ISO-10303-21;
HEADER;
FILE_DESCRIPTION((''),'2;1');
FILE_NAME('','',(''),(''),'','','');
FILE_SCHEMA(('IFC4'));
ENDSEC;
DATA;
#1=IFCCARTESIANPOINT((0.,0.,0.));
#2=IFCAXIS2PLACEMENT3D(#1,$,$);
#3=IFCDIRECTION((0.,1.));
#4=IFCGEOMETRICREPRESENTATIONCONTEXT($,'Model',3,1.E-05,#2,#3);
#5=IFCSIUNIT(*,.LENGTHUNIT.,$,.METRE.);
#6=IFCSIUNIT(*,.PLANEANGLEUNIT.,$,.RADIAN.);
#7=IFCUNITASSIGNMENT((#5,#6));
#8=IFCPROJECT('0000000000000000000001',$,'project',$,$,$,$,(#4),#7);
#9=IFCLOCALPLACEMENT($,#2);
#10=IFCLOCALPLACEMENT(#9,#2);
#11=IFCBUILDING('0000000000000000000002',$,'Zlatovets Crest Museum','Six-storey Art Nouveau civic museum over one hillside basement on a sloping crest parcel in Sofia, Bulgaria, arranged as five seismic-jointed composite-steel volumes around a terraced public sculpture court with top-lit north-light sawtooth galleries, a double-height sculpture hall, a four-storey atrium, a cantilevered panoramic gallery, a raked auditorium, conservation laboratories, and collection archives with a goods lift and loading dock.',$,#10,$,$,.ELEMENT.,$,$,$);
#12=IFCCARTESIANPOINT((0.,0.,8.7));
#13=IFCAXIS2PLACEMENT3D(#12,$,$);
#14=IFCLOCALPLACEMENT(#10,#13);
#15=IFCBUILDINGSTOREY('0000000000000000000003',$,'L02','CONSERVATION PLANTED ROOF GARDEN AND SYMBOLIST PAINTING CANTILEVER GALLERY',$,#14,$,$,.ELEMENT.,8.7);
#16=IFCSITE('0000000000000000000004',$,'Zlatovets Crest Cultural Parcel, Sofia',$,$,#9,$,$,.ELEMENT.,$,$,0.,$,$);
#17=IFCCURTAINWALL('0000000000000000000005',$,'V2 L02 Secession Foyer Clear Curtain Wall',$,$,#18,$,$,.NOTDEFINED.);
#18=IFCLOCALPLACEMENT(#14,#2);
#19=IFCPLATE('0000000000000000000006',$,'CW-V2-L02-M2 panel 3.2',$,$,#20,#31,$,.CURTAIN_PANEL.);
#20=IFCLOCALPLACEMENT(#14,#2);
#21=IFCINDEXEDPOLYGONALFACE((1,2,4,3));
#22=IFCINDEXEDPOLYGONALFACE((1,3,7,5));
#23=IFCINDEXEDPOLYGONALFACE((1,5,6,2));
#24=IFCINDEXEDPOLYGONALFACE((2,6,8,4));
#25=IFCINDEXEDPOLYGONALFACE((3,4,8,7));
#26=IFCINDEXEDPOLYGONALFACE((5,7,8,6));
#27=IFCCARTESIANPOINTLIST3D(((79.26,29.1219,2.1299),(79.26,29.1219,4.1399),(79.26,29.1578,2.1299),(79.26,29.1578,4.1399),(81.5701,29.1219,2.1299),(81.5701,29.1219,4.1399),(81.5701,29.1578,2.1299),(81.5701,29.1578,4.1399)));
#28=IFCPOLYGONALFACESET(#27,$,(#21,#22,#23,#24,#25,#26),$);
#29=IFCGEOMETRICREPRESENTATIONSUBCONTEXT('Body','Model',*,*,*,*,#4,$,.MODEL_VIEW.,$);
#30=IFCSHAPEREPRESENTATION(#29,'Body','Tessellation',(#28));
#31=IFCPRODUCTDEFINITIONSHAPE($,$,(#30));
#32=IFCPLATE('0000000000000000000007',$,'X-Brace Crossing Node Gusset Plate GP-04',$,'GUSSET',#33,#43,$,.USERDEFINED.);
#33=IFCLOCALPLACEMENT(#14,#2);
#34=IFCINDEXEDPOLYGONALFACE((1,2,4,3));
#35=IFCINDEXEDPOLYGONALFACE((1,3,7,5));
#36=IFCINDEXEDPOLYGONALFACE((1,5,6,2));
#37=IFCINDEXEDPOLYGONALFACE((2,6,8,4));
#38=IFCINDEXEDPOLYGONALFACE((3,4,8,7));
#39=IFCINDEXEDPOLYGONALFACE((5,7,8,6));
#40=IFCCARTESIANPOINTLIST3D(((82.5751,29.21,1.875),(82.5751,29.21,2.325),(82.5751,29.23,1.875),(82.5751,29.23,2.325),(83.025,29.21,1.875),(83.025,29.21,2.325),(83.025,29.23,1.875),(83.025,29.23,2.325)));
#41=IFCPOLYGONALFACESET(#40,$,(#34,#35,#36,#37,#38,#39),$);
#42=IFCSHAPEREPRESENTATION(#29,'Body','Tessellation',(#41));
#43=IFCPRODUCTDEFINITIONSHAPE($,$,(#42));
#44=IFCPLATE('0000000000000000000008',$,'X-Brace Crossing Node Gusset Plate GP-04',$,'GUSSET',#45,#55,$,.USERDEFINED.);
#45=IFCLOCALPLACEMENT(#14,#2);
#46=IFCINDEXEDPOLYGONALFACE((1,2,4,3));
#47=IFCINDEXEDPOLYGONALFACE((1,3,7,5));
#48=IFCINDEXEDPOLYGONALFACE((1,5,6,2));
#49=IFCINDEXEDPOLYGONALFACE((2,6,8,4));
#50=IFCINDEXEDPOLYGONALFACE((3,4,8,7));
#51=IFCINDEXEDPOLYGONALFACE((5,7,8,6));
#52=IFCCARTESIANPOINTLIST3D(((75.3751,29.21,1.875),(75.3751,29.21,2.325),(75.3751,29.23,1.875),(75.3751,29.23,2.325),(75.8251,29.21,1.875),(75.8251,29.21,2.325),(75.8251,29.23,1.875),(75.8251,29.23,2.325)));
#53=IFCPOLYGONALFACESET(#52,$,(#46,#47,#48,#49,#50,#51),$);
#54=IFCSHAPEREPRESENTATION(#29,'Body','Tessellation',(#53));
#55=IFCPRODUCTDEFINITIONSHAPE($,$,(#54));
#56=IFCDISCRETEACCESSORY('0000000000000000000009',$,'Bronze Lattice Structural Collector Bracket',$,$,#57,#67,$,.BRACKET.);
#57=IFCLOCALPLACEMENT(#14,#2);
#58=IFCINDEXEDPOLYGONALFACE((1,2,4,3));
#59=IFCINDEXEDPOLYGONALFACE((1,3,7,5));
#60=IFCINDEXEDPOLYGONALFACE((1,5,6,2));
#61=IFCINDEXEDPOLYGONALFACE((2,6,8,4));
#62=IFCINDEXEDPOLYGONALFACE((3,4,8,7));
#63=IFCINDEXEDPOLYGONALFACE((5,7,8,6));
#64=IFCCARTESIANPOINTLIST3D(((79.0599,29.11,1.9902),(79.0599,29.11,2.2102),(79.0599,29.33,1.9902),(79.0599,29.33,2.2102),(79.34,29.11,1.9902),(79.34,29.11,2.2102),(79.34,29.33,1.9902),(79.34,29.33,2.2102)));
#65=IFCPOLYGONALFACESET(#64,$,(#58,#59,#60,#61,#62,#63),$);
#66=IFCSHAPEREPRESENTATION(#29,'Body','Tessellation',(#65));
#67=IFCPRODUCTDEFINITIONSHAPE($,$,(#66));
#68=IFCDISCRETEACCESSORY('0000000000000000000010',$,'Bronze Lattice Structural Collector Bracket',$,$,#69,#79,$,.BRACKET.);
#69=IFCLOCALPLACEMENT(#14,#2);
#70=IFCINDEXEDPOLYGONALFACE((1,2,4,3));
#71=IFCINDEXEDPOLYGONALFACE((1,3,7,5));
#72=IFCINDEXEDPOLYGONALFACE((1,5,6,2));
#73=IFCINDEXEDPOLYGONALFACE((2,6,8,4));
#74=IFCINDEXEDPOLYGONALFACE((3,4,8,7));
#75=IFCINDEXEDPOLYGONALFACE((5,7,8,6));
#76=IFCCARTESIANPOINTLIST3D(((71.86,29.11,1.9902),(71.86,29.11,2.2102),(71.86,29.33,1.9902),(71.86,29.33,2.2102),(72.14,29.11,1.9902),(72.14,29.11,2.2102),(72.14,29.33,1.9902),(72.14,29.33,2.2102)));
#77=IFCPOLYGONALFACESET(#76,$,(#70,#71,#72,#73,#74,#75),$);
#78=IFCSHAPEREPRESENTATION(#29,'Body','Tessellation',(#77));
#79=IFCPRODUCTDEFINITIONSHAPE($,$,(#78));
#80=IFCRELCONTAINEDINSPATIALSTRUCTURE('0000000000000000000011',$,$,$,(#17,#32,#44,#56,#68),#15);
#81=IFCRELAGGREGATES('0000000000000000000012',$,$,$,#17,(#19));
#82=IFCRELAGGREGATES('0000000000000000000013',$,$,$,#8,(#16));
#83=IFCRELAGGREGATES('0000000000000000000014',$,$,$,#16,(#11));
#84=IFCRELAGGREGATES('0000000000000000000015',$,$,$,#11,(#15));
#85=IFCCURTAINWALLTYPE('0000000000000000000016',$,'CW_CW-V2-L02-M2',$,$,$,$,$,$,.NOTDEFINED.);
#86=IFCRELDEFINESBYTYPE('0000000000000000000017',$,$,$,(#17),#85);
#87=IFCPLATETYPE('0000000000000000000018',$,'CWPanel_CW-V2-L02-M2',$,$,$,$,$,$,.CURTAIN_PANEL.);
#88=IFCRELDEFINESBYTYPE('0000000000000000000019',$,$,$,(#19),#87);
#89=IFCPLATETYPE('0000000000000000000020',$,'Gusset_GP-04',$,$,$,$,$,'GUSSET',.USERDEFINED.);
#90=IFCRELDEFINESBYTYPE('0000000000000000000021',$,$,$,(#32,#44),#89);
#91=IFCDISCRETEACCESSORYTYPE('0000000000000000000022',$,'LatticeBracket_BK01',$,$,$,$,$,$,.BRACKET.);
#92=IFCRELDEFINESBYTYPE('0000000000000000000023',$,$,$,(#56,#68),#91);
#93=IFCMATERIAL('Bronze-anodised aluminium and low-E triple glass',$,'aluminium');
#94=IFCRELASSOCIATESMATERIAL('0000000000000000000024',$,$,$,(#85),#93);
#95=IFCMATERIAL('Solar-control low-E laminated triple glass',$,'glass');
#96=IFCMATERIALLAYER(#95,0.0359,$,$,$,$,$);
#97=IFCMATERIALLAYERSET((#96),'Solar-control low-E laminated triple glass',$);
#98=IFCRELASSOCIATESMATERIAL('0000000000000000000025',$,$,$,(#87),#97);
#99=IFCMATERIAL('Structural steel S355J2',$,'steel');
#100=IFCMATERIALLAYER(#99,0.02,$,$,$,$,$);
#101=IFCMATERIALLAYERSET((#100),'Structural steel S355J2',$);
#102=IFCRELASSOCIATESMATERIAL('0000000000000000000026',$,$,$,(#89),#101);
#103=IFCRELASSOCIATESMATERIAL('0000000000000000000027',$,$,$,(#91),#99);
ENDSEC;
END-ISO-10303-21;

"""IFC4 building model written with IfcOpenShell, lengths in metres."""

from ifc_helpers import new_model, si_unit, direction, frame, origin, origin_2d, place, context, subcontext, project, spatial, rectangle, extrude, material, layer, layer_set, type_object, element, aggregate, save


model = new_model("IFC4")

# Units and contexts
model_context = context("Model", 3, precision=1e-05, world=origin(), true_north=direction((0.0, 1.0)))
body_context = subcontext(model_context, "Body", "Model", "MODEL_VIEW")
ifc_project = project(units=[si_unit("LENGTHUNIT", "METRE"), si_unit("PLANEANGLEUNIT", "RADIAN")], contexts=[model_context])

# Site, building, storey
site_placement = place(None, origin())
site = spatial("IfcSite", under=ifc_project, at=site_placement, Name="Zlatovets Crest Cultural Parcel, Sofia", CompositionType="ELEMENT", RefElevation=0.0)
building_placement = place(site_placement, origin())
building = spatial("IfcBuilding", under=site, at=building_placement, Name="Zlatovets Crest Museum", Description="Six-storey Art Nouveau civic museum over one hillside basement on a sloping crest parcel in Sofia, Bulgaria, arranged as five seismic-jointed composite-steel volumes around a terraced public sculpture court with top-lit north-light sawtooth galleries, a double-height sculpture hall, a four-storey atrium, a cantilevered panoramic gallery, a raked auditorium, conservation laboratories, and collection archives with a goods lift and loading dock.", CompositionType="ELEMENT")
storey_placement = place(building_placement, frame((0.0, 0.0, 8.7)))
storey = spatial("IfcBuildingStorey", under=building, at=storey_placement, Name="L02", Description="CONSERVATION PLANTED ROOF GARDEN AND SYMBOLIST PAINTING CANTILEVER GALLERY", CompositionType="ELEMENT", Elevation=8.7)

# Shared definitions
ifc_material_1 = material(Name="Structural steel S355J2", Category="steel")

# Curtain wall
ifc_material_2 = material(Name="Bronze-anodised aluminium and low-E triple glass", Category="aluminium")
curtain_wall_type_1 = type_object("IfcCurtainWallType", Name="CW_CW-V2-L02-M2", PredefinedType="NOTDEFINED", material=ifc_material_2)
curtain_wall_1_placement = place(storey_placement, origin())
curtain_wall_1 = element("IfcCurtainWall", 1, at=curtain_wall_1_placement, inside=storey, type_object=curtain_wall_type_1, Name="V2 L02 Secession Foyer Clear Curtain Wall", PredefinedType="NOTDEFINED")

# Plate
ifc_material_3 = material(Name="Solar-control low-E laminated triple glass", Category="glass")
ifc_layer_1 = layer(ifc_material_3, 0.0359)
ifc_layer_set_1 = layer_set([ifc_layer_1], Name="Solar-control low-E laminated triple glass")
plate_type_1 = type_object("IfcPlateType", Name="CWPanel_CW-V2-L02-M2", PredefinedType="CURTAIN_PANEL", material=ifc_layer_set_1)
plate_1_placement = place(storey_placement, frame((80.415, 29.1399, 2.1299), z_axis=(0.0, 0.0, 1.0), x_axis=(-1.0, 0.0, 0.0)))
plate_1 = element("IfcPlate", 2, at=plate_1_placement, type_object=plate_type_1, Name="CW-V2-L02-M2 panel 3.2", PredefinedType="CURTAIN_PANEL", context=body_context, shape_type="SweptSolid", body=[
    extrude(rectangle(XDim=2.3101, YDim=0.0359, at=origin_2d()), origin(), (0.0, 0.0, 1.0), 2.01),
])
aggregate(curtain_wall_1, [plate_1])

# Plates
ifc_layer_2 = layer(ifc_material_1, 0.02)
ifc_layer_set_2 = layer_set([ifc_layer_2], Name="Structural steel S355J2")
plate_type_2 = type_object("IfcPlateType", Name="Gusset_GP-04", ElementType="GUSSET", PredefinedType="USERDEFINED", material=ifc_layer_set_2)
for number, where, z_axis, x_axis, name in (
    (3, (82.8, 29.22, 1.875), (0.0, 0.0, 1.0), (1.0, 0.0, 0.0), "X-Brace Crossing Node Gusset Plate GP-04"),
    (4, (75.6001, 29.22, 1.875), (0.0, 0.0, 1.0), (1.0, 0.0, 0.0), "X-Brace Crossing Node Gusset Plate GP-04"),
):
    element("IfcPlate", number, at=place(storey_placement, frame(where, z_axis=z_axis, x_axis=x_axis)), inside=storey, type_object=plate_type_2, Name=name, ObjectType="GUSSET", PredefinedType="USERDEFINED", context=body_context, shape_type="SweptSolid", body=[
        extrude(rectangle(XDim=0.45, YDim=0.02, at=origin_2d()), origin(), (0.0, 0.0, 1.0), 0.45),
    ])

# Discrete accessories
discrete_accessory_type = type_object("IfcDiscreteAccessoryType", Name="LatticeBracket_BK01", PredefinedType="BRACKET", material=ifc_material_1)
for number, where, z_axis, x_axis, name in (
    (5, (79.2, 29.22, 1.9902), (0.0, 0.0, 1.0), (1.0, 0.0, 0.0), "Bronze Lattice Structural Collector Bracket"),
    (6, (72.0, 29.22, 1.9902), (0.0, 0.0, 1.0), (1.0, 0.0, 0.0), "Bronze Lattice Structural Collector Bracket"),
):
    element("IfcDiscreteAccessory", number, at=place(storey_placement, frame(where, z_axis=z_axis, x_axis=x_axis)), inside=storey, type_object=discrete_accessory_type, Name=name, PredefinedType="BRACKET", context=body_context, shape_type="SweptSolid", body=[
        extrude(rectangle(XDim=0.28, YDim=0.22, at=origin_2d()), origin(), (0.0, 0.0, 1.0), 0.22),
    ])

save(model, "model.ifc")
